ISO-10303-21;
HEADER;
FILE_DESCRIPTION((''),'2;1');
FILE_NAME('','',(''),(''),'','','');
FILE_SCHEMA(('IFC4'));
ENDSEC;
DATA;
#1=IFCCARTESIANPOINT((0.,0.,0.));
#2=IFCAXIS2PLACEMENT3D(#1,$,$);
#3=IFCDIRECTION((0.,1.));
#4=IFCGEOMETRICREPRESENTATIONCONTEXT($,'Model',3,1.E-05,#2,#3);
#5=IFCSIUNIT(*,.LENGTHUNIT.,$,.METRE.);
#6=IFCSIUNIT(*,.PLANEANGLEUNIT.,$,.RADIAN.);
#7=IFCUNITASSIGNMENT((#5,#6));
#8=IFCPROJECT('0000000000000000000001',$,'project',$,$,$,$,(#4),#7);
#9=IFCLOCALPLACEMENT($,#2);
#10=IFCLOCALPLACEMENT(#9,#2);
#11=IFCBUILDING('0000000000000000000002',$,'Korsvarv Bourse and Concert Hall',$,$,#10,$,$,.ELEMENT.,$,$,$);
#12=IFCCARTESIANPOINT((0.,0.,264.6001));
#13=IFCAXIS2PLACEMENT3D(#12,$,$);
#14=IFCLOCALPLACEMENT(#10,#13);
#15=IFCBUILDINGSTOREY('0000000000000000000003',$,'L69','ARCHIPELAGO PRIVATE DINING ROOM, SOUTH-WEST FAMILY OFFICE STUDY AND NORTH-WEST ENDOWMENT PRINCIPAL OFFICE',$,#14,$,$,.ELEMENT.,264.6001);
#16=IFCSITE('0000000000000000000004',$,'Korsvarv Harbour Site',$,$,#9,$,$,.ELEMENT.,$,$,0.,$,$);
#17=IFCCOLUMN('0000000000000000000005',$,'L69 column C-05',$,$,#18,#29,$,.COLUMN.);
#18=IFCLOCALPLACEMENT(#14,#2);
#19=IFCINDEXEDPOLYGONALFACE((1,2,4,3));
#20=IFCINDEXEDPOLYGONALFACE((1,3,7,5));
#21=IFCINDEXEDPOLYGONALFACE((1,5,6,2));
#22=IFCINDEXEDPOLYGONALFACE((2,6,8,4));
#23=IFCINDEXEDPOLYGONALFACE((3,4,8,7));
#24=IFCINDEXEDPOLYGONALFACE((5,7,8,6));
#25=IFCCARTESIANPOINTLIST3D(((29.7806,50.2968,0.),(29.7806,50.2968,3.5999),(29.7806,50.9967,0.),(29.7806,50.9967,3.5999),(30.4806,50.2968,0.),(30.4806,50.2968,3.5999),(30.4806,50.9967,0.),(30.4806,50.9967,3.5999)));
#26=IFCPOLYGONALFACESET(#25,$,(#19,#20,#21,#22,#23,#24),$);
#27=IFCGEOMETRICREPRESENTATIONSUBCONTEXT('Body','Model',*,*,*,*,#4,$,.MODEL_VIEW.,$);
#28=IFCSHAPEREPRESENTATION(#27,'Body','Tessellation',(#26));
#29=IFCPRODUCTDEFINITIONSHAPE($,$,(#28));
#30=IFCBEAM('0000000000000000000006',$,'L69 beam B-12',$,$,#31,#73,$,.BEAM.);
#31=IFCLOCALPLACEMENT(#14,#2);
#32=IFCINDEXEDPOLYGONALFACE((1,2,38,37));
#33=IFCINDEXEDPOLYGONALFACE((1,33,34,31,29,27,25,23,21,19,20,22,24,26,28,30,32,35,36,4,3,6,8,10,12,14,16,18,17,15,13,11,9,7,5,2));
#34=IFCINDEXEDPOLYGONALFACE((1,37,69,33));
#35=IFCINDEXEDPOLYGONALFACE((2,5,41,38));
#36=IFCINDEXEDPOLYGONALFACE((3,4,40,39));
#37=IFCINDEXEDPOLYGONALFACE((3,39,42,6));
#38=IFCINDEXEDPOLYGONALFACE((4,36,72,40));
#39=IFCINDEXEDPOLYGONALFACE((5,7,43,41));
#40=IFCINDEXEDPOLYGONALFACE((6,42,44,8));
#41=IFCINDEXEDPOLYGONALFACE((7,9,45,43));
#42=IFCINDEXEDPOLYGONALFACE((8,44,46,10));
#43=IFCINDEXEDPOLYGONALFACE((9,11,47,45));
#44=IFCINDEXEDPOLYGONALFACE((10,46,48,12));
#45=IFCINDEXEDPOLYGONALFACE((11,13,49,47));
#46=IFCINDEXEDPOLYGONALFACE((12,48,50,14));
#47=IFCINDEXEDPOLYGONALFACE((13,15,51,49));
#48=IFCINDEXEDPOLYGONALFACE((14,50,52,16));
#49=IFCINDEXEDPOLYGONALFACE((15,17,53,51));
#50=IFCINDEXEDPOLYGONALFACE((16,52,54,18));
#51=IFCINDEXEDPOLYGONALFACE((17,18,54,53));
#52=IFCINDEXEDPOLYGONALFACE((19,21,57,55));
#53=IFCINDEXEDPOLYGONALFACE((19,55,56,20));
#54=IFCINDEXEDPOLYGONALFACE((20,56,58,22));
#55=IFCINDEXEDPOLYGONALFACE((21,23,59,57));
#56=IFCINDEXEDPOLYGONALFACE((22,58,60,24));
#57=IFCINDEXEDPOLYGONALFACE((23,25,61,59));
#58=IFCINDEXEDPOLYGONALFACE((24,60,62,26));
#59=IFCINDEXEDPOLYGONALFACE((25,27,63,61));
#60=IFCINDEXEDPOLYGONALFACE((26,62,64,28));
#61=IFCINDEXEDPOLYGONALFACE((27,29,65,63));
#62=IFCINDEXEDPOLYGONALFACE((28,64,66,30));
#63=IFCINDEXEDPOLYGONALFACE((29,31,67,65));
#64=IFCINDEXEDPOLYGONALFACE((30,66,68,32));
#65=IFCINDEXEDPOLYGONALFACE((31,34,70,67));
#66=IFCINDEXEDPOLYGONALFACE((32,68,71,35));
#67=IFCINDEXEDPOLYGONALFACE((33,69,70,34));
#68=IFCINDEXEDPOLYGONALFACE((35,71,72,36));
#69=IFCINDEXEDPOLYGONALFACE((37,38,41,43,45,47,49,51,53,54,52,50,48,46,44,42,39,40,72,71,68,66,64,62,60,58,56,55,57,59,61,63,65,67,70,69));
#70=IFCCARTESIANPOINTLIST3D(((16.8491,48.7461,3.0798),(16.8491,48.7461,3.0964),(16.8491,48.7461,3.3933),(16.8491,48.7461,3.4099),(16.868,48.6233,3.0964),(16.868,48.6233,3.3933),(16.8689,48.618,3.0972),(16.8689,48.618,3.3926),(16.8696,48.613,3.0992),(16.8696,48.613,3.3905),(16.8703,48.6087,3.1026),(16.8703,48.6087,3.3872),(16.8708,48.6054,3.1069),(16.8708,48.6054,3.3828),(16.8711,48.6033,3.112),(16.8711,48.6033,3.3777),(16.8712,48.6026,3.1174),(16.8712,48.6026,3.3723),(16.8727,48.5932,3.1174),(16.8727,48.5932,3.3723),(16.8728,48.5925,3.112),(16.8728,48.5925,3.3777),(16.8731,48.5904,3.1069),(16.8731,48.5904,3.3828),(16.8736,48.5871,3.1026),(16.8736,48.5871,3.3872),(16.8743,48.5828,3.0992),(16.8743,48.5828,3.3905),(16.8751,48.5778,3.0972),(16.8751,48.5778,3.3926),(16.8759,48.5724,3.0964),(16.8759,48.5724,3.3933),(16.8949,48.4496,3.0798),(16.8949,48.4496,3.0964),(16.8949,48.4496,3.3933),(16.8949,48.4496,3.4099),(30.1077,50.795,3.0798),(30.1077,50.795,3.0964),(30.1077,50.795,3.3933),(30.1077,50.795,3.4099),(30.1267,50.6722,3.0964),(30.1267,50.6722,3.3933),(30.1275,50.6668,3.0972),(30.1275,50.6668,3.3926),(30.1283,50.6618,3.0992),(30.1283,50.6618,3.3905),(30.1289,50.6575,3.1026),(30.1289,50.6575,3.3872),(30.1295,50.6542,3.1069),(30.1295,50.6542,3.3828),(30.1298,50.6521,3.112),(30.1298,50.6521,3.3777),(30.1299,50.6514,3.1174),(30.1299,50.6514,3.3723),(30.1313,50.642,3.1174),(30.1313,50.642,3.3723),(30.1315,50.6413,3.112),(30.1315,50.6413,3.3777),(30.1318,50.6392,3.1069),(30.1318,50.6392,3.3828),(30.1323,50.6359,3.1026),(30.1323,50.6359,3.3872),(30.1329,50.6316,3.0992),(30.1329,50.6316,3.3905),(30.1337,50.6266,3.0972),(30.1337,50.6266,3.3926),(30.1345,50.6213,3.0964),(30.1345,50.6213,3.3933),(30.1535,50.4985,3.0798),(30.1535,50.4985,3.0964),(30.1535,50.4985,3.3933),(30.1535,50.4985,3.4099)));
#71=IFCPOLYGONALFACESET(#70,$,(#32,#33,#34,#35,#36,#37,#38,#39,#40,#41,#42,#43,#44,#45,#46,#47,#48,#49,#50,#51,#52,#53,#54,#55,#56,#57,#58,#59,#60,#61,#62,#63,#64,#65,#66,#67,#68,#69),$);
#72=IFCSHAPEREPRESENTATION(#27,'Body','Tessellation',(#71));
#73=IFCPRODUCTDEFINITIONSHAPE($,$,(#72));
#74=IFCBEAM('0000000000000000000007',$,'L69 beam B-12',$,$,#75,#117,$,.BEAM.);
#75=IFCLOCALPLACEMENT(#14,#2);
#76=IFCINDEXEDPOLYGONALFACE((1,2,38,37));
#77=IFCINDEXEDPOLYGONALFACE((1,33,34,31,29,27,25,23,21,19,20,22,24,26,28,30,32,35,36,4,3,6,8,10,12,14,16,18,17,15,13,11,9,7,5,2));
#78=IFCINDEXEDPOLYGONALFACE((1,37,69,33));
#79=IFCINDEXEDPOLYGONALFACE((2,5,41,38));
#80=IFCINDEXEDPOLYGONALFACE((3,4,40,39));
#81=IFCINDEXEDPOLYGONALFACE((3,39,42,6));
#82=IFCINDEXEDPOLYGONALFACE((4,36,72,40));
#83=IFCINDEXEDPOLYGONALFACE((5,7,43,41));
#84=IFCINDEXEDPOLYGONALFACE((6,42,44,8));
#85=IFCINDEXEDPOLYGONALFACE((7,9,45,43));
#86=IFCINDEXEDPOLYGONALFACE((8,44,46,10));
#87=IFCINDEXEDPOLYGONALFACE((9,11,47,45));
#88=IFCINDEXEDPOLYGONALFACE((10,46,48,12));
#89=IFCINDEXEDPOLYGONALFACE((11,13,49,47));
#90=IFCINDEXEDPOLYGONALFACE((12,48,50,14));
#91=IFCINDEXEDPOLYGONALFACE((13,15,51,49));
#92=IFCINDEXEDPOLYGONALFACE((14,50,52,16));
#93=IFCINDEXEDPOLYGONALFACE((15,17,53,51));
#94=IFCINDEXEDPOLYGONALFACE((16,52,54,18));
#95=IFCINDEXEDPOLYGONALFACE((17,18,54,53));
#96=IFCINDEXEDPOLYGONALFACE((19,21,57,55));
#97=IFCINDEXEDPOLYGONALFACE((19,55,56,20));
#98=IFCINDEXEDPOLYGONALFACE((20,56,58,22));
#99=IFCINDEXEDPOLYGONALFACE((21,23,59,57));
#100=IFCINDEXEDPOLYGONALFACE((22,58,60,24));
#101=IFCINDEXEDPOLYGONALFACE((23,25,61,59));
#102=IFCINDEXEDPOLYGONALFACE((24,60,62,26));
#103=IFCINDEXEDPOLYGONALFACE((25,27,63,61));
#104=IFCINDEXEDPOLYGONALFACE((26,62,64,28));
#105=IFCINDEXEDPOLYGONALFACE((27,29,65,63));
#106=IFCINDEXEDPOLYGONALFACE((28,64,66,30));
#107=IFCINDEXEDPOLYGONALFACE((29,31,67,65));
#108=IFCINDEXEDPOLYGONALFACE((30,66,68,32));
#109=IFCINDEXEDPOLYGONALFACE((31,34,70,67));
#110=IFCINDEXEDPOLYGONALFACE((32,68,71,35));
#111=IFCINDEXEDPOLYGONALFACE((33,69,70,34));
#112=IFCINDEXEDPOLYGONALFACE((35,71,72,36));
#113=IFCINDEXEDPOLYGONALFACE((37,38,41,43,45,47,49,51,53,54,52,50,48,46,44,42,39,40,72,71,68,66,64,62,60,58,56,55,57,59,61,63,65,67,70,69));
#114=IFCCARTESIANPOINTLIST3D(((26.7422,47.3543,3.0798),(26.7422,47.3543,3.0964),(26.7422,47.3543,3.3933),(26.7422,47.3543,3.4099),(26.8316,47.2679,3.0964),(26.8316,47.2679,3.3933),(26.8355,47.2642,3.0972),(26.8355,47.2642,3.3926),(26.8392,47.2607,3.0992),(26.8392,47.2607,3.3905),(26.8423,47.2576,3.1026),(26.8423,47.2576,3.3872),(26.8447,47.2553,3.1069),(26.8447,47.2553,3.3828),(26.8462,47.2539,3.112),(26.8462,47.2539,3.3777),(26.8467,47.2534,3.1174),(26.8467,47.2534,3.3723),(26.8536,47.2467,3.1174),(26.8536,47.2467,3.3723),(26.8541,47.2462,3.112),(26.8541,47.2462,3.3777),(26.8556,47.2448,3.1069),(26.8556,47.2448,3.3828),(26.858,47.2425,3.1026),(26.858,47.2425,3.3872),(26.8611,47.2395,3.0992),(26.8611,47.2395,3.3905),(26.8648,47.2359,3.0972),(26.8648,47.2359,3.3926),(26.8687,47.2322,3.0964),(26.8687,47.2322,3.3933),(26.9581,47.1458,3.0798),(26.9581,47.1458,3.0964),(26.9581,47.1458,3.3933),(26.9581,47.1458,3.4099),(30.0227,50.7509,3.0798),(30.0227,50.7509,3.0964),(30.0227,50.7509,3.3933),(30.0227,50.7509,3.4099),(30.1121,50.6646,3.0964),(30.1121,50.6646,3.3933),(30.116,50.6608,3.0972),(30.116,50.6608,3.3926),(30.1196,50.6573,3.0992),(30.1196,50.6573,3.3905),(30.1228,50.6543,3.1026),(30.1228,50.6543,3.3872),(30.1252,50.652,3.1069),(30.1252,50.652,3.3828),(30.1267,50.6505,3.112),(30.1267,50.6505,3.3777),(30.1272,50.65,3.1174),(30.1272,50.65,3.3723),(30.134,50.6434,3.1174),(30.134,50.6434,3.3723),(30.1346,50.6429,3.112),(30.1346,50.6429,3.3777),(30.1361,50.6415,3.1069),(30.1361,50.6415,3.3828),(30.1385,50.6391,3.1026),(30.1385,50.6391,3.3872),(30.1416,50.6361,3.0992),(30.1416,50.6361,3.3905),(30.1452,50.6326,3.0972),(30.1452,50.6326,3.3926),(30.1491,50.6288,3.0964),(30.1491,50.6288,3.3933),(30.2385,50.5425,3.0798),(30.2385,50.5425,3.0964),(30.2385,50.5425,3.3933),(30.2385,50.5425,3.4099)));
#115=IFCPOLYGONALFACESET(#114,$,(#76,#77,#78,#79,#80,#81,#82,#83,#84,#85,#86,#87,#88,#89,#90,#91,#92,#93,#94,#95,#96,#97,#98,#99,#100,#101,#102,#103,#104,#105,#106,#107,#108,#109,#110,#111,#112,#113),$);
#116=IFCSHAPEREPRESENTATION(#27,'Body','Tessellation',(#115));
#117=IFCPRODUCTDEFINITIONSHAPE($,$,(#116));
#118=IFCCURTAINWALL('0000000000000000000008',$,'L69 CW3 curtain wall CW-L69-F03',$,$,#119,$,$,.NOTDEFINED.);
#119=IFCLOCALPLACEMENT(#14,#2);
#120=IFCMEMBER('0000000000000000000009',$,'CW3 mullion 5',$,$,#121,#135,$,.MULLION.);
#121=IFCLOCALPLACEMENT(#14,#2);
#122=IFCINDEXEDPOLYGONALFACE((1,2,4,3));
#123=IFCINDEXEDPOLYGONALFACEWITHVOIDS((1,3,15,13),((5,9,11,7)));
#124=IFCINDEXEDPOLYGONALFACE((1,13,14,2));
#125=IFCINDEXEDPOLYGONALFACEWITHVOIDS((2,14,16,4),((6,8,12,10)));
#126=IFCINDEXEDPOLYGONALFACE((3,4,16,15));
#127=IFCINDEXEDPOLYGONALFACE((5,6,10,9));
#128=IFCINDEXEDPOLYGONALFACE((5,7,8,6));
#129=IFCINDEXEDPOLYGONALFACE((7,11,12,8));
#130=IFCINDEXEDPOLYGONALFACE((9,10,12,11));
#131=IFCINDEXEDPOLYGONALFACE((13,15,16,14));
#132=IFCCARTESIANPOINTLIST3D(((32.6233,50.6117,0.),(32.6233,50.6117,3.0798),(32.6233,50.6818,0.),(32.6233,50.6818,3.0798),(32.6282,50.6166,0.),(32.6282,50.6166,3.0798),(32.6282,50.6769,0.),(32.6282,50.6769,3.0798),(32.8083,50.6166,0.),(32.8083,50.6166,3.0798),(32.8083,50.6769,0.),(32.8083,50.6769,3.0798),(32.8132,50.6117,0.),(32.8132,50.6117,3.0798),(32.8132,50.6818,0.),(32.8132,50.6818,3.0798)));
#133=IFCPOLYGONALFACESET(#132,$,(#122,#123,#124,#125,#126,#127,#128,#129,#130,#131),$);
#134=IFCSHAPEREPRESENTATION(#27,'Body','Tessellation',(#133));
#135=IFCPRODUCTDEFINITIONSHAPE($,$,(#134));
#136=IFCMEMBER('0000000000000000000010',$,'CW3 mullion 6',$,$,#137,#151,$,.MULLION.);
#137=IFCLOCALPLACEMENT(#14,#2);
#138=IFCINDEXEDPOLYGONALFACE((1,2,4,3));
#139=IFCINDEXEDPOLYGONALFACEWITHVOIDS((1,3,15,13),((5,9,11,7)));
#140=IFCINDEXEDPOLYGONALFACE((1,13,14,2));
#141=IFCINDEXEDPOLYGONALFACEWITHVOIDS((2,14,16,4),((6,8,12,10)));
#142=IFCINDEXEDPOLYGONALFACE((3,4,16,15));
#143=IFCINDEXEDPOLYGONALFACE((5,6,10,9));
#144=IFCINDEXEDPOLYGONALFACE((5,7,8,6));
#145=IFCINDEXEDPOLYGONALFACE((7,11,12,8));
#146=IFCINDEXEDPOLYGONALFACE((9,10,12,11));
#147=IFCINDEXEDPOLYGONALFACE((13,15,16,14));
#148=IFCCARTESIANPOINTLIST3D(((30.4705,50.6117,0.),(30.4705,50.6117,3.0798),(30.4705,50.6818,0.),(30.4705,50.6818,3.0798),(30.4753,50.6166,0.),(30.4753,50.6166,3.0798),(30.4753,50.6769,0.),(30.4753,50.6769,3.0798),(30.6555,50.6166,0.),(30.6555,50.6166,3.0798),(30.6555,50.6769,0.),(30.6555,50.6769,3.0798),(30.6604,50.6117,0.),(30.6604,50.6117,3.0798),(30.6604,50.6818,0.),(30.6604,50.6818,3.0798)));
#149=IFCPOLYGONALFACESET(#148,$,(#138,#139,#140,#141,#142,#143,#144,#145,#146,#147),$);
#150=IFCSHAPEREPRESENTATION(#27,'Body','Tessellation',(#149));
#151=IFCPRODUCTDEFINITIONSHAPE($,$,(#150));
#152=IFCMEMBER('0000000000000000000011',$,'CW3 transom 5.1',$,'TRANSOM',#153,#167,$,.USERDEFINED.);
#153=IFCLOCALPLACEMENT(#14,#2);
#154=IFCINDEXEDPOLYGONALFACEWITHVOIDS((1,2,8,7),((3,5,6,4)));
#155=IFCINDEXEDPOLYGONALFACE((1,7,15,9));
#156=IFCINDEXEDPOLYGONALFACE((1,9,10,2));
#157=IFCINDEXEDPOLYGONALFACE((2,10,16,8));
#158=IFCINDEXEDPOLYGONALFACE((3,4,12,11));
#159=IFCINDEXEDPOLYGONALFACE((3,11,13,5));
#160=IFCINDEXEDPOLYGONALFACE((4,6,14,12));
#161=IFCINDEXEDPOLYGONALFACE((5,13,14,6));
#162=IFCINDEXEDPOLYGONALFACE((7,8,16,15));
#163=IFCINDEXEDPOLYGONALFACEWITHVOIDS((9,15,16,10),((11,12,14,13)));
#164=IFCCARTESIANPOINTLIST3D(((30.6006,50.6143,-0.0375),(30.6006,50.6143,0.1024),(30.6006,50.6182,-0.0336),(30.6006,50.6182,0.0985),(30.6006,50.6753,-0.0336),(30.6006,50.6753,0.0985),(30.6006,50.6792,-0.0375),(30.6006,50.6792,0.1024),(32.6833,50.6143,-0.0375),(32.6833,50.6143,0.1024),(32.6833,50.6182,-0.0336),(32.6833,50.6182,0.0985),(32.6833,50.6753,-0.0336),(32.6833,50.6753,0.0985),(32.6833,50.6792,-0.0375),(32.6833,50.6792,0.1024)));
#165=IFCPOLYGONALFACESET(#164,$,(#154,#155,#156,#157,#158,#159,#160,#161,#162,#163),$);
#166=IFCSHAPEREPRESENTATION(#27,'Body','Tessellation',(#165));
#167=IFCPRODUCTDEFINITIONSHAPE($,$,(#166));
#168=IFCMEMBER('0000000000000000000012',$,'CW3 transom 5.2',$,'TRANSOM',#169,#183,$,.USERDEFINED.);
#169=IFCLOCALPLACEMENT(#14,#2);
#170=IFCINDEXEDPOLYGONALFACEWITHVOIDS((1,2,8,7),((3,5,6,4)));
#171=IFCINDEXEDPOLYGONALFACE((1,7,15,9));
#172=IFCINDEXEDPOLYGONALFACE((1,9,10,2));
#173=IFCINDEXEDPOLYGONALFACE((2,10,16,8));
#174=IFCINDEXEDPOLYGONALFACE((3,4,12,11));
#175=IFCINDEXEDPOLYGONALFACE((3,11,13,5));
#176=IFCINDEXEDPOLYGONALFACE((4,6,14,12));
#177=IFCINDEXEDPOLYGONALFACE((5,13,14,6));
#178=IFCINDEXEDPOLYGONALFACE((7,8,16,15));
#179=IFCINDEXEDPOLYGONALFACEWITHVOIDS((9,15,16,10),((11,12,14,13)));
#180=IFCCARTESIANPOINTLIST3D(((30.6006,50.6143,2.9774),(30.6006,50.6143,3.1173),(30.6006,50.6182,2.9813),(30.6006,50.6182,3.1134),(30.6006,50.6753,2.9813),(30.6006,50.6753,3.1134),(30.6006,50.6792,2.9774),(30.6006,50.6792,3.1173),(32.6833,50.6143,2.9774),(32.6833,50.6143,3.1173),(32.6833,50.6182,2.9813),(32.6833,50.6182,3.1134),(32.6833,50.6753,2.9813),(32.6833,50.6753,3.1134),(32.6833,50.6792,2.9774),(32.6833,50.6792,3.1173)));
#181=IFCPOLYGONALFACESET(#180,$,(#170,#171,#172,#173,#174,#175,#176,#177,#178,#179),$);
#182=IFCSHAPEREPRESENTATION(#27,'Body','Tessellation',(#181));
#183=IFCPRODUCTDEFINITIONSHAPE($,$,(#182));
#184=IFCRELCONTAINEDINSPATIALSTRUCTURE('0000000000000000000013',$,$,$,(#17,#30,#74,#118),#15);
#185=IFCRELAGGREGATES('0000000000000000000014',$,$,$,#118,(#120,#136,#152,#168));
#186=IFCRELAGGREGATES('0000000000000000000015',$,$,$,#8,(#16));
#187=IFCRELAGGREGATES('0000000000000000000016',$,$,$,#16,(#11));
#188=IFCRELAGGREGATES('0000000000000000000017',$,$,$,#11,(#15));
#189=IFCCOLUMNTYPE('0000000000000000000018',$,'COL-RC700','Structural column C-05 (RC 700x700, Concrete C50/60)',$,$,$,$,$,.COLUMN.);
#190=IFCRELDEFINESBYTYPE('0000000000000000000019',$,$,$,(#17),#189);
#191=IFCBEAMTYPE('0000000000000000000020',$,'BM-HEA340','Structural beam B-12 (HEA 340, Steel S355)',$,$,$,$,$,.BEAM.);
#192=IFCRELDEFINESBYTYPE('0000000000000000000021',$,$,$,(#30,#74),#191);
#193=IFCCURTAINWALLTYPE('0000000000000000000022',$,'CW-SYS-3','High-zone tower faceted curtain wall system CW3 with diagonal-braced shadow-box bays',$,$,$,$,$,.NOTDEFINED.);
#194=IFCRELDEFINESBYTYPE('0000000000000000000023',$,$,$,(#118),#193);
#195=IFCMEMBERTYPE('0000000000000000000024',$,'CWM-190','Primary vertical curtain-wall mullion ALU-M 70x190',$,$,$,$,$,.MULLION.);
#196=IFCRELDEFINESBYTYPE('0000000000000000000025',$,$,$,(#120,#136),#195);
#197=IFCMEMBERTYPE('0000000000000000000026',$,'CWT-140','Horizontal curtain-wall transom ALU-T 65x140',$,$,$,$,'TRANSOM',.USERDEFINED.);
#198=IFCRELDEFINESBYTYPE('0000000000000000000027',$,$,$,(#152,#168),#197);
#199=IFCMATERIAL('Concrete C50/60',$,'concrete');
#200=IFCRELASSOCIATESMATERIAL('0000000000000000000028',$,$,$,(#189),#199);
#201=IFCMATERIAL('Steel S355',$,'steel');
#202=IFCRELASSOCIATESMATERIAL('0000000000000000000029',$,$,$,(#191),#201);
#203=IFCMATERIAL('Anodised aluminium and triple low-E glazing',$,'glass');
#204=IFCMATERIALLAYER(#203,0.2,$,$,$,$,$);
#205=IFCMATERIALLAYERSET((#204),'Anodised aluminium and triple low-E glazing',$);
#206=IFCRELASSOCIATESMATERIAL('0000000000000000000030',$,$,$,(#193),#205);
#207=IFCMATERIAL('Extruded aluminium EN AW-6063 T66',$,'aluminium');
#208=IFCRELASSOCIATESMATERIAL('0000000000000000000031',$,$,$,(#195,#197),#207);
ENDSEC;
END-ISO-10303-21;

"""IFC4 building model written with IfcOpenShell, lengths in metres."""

from ifc_helpers import new_model, si_unit, direction, frame, origin, origin_2d, place, context, subcontext, project, spatial, rectangle, hollow_rectangle, i_section, extrude, source, transform, mapped, material, layer, layer_set, material_profile, profile_set, type_object, element, aggregate, save


model = new_model("IFC4")

# Units and contexts
model_context = context("Model", 3, precision=1e-05, world=origin(), true_north=direction((0.0, 1.0)))
body_context = subcontext(model_context, "Body", "Model", "MODEL_VIEW")
ifc_project = project(units=[si_unit("LENGTHUNIT", "METRE"), si_unit("PLANEANGLEUNIT", "RADIAN")], contexts=[model_context])

# Site, building, storey
site_placement = place(None, origin())
site = spatial("IfcSite", under=ifc_project, at=site_placement, Name="Korsvarv Harbour Site", CompositionType="ELEMENT", RefElevation=0.0)
building_placement = place(site_placement, origin())
building = spatial("IfcBuilding", under=site, at=building_placement, Name="Korsvarv Bourse and Concert Hall", CompositionType="ELEMENT")
storey_placement = place(building_placement, frame((0.0, 0.0, 264.6001)))
storey = spatial("IfcBuildingStorey", under=building, at=storey_placement, Name="L69", Description="ARCHIPELAGO PRIVATE DINING ROOM, SOUTH-WEST FAMILY OFFICE STUDY AND NORTH-WEST ENDOWMENT PRINCIPAL OFFICE", CompositionType="ELEMENT", Elevation=264.6001)

# Column
ifc_material_1 = material(Name="Concrete C50/60", Category="concrete")
ifc_material_profile_1 = material_profile(ifc_material_1, rectangle(XDim=0.7, YDim=0.7, at=origin_2d()), Name="RC 700x700")
ifc_profile_set_1 = profile_set([ifc_material_profile_1], Name="Concrete C50/60")
column_type = type_object("IfcColumnType", Name="COL-RC700", Description="Structural column C-05 (RC 700x700, Concrete C50/60)", PredefinedType="COLUMN", material=ifc_profile_set_1)
shared_shape_1 = source(origin(), body_context, "Body", "SweptSolid", [
    extrude(rectangle(XDim=0.7, YDim=0.7, at=origin_2d()), origin(), (0.0, 0.0, 1.0), 3.5999),
])
column_placement = place(storey_placement, frame((30.1306, 50.6467, 0.0), z_axis=(0.0, 0.0, 1.0), x_axis=(1.0, 0.0, 0.0)))
element("IfcColumn", 1, at=column_placement, inside=storey, type_object=column_type, Name="L69 column C-05", PredefinedType="COLUMN", context=body_context, shape_type="MappedRepresentation", body=[
    mapped(shared_shape_1, transform((0.0, 0.0, 0.0), scale=1.0)),
])

# Beams
ifc_material_2 = material(Name="Steel S355", Category="steel")
ifc_material_profile_2 = material_profile(ifc_material_2, i_section(OverallWidth=0.3, OverallDepth=0.3301, WebThickness=0.0095, FlangeThickness=0.0166, FilletRadius=0.021, at=origin_2d()), Name="HEA 340")
ifc_profile_set_2 = profile_set([ifc_material_profile_2], Name="Steel S355")
beam_type = type_object("IfcBeamType", Name="BM-HEA340", Description="Structural beam B-12 (HEA 340, Steel S355)", PredefinedType="BEAM", material=ifc_profile_set_2)
shared_shape_2 = source(origin(), body_context, "Body", "SweptSolid", [
    extrude(i_section(OverallWidth=0.3, OverallDepth=0.3301, WebThickness=0.0095, FlangeThickness=0.0166, FilletRadius=0.021, at=origin_2d()), origin(), (0.0, 0.0, 1.0), 13.416),
])
beam_1_placement = place(storey_placement, frame((30.1306, 50.6467, 3.2449), z_axis=(-0.98827, -0.152716, 0.0), x_axis=(0.152716, -0.98827, 0.0)))
element("IfcBeam", 2, at=beam_1_placement, inside=storey, type_object=beam_type, Name="L69 beam B-12", PredefinedType="BEAM", context=body_context, shape_type="MappedRepresentation", body=[
    mapped(shared_shape_2, transform((0.0, 0.0, 0.0), scale=1.0)),
])
shared_shape_3 = source(origin(), body_context, "Body", "SweptSolid", [
    extrude(i_section(OverallWidth=0.3, OverallDepth=0.3301, WebThickness=0.0095, FlangeThickness=0.0166, FilletRadius=0.021, at=origin_2d()), origin(), (0.0, 0.0, 1.0), 4.7222),
])
beam_2_placement = place(storey_placement, frame((30.1306, 50.6467, 3.2449), z_axis=(-0.694695, -0.719304, 0.0), x_axis=(0.719304, -0.694695, 0.0)))
element("IfcBeam", 3, at=beam_2_placement, inside=storey, type_object=beam_type, Name="L69 beam B-12", PredefinedType="BEAM", context=body_context, shape_type="MappedRepresentation", body=[
    mapped(shared_shape_3, transform((0.0, 0.0, 0.0), scale=1.0)),
])

# Curtain wall, members
ifc_material_3 = material(Name="Anodised aluminium and triple low-E glazing", Category="glass")
ifc_layer_1 = layer(ifc_material_3, 0.2)
ifc_layer_set_1 = layer_set([ifc_layer_1], Name="Anodised aluminium and triple low-E glazing")
curtain_wall_type = type_object("IfcCurtainWallType", Name="CW-SYS-3", Description="High-zone tower faceted curtain wall system CW3 with diagonal-braced shadow-box bays", PredefinedType="NOTDEFINED", material=ifc_layer_set_1)
curtain_wall_placement = place(storey_placement, origin())
curtain_wall = element("IfcCurtainWall", 4, at=curtain_wall_placement, inside=storey, type_object=curtain_wall_type, Name="L69 CW3 curtain wall CW-L69-F03", PredefinedType="NOTDEFINED")
ifc_material_4 = material(Name="Extruded aluminium EN AW-6063 T66", Category="aluminium")
ifc_material_profile_3 = material_profile(ifc_material_4, hollow_rectangle(XDim=0.0701, YDim=0.1899, WallThickness=0.0049, at=origin_2d()), Name="ALU-M 70x190")
ifc_profile_set_3 = profile_set([ifc_material_profile_3], Name="Extruded aluminium EN AW-6063 T66")
member_type_1 = type_object("IfcMemberType", Name="CWM-190", Description="Primary vertical curtain-wall mullion ALU-M 70x190", PredefinedType="MULLION", material=ifc_profile_set_3)
shared_shape_4 = source(origin(), body_context, "Body", "SweptSolid", [
    extrude(hollow_rectangle(XDim=0.0701, YDim=0.1899, WallThickness=0.0049, at=origin_2d()), origin(), (0.0, 0.0, 1.0), 3.0798),
])
member_1_placement = place(storey_placement, frame((32.7183, 50.6467, 0.0), z_axis=(0.0, 0.0, 1.0), x_axis=(0.0, -1.0, 0.0)))
member_1 = element("IfcMember", 5, at=member_1_placement, type_object=member_type_1, Name="CW3 mullion 5", PredefinedType="MULLION", context=body_context, shape_type="MappedRepresentation", body=[
    mapped(shared_shape_4, transform((0.0, 0.0, 0.0), scale=1.0)),
])
member_2_placement = place(storey_placement, frame((30.5654, 50.6467, 0.0), z_axis=(0.0, 0.0, 1.0), x_axis=(0.0, -1.0, 0.0)))
member_2 = element("IfcMember", 6, at=member_2_placement, type_object=member_type_1, Name="CW3 mullion 6", PredefinedType="MULLION", context=body_context, shape_type="MappedRepresentation", body=[
    mapped(shared_shape_4, transform((0.0, 0.0, 0.0), scale=1.0)),
])
ifc_material_profile_4 = material_profile(ifc_material_4, hollow_rectangle(XDim=0.0649, YDim=0.1399, WallThickness=0.0039, at=origin_2d()), Name="ALU-T 65x140")
ifc_profile_set_4 = profile_set([ifc_material_profile_4], Name="Extruded aluminium EN AW-6063 T66")
member_type_2 = type_object("IfcMemberType", Name="CWT-140", Description="Horizontal curtain-wall transom ALU-T 65x140", ElementType="TRANSOM", PredefinedType="USERDEFINED", material=ifc_profile_set_4)
shared_shape_5 = source(origin(), body_context, "Body", "SweptSolid", [
    extrude(hollow_rectangle(XDim=0.0649, YDim=0.1399, WallThickness=0.0039, at=origin_2d()), origin(), (0.0, 0.0, 1.0), 2.0828),
])
member_3_placement = place(storey_placement, frame((32.6833, 50.6467, 0.0325), z_axis=(-1.0, 0.0, 0.0), x_axis=(0.0, -1.0, 0.0)))
member_3 = element("IfcMember", 7, at=member_3_placement, type_object=member_type_2, Name="CW3 transom 5.1", ObjectType="TRANSOM", PredefinedType="USERDEFINED", context=body_context, shape_type="MappedRepresentation", body=[
    mapped(shared_shape_5, transform((0.0, 0.0, 0.0), scale=1.0)),
])
member_4_placement = place(storey_placement, frame((32.6833, 50.6467, 3.0474), z_axis=(-1.0, 0.0, 0.0), x_axis=(0.0, -1.0, 0.0)))
member_4 = element("IfcMember", 8, at=member_4_placement, type_object=member_type_2, Name="CW3 transom 5.2", ObjectType="TRANSOM", PredefinedType="USERDEFINED", context=body_context, shape_type="MappedRepresentation", body=[
    mapped(shared_shape_5, transform((0.0, 0.0, 0.0), scale=1.0)),
])
aggregate(curtain_wall, [member_1, member_2, member_3, member_4])

save(model, "model.ifc")
